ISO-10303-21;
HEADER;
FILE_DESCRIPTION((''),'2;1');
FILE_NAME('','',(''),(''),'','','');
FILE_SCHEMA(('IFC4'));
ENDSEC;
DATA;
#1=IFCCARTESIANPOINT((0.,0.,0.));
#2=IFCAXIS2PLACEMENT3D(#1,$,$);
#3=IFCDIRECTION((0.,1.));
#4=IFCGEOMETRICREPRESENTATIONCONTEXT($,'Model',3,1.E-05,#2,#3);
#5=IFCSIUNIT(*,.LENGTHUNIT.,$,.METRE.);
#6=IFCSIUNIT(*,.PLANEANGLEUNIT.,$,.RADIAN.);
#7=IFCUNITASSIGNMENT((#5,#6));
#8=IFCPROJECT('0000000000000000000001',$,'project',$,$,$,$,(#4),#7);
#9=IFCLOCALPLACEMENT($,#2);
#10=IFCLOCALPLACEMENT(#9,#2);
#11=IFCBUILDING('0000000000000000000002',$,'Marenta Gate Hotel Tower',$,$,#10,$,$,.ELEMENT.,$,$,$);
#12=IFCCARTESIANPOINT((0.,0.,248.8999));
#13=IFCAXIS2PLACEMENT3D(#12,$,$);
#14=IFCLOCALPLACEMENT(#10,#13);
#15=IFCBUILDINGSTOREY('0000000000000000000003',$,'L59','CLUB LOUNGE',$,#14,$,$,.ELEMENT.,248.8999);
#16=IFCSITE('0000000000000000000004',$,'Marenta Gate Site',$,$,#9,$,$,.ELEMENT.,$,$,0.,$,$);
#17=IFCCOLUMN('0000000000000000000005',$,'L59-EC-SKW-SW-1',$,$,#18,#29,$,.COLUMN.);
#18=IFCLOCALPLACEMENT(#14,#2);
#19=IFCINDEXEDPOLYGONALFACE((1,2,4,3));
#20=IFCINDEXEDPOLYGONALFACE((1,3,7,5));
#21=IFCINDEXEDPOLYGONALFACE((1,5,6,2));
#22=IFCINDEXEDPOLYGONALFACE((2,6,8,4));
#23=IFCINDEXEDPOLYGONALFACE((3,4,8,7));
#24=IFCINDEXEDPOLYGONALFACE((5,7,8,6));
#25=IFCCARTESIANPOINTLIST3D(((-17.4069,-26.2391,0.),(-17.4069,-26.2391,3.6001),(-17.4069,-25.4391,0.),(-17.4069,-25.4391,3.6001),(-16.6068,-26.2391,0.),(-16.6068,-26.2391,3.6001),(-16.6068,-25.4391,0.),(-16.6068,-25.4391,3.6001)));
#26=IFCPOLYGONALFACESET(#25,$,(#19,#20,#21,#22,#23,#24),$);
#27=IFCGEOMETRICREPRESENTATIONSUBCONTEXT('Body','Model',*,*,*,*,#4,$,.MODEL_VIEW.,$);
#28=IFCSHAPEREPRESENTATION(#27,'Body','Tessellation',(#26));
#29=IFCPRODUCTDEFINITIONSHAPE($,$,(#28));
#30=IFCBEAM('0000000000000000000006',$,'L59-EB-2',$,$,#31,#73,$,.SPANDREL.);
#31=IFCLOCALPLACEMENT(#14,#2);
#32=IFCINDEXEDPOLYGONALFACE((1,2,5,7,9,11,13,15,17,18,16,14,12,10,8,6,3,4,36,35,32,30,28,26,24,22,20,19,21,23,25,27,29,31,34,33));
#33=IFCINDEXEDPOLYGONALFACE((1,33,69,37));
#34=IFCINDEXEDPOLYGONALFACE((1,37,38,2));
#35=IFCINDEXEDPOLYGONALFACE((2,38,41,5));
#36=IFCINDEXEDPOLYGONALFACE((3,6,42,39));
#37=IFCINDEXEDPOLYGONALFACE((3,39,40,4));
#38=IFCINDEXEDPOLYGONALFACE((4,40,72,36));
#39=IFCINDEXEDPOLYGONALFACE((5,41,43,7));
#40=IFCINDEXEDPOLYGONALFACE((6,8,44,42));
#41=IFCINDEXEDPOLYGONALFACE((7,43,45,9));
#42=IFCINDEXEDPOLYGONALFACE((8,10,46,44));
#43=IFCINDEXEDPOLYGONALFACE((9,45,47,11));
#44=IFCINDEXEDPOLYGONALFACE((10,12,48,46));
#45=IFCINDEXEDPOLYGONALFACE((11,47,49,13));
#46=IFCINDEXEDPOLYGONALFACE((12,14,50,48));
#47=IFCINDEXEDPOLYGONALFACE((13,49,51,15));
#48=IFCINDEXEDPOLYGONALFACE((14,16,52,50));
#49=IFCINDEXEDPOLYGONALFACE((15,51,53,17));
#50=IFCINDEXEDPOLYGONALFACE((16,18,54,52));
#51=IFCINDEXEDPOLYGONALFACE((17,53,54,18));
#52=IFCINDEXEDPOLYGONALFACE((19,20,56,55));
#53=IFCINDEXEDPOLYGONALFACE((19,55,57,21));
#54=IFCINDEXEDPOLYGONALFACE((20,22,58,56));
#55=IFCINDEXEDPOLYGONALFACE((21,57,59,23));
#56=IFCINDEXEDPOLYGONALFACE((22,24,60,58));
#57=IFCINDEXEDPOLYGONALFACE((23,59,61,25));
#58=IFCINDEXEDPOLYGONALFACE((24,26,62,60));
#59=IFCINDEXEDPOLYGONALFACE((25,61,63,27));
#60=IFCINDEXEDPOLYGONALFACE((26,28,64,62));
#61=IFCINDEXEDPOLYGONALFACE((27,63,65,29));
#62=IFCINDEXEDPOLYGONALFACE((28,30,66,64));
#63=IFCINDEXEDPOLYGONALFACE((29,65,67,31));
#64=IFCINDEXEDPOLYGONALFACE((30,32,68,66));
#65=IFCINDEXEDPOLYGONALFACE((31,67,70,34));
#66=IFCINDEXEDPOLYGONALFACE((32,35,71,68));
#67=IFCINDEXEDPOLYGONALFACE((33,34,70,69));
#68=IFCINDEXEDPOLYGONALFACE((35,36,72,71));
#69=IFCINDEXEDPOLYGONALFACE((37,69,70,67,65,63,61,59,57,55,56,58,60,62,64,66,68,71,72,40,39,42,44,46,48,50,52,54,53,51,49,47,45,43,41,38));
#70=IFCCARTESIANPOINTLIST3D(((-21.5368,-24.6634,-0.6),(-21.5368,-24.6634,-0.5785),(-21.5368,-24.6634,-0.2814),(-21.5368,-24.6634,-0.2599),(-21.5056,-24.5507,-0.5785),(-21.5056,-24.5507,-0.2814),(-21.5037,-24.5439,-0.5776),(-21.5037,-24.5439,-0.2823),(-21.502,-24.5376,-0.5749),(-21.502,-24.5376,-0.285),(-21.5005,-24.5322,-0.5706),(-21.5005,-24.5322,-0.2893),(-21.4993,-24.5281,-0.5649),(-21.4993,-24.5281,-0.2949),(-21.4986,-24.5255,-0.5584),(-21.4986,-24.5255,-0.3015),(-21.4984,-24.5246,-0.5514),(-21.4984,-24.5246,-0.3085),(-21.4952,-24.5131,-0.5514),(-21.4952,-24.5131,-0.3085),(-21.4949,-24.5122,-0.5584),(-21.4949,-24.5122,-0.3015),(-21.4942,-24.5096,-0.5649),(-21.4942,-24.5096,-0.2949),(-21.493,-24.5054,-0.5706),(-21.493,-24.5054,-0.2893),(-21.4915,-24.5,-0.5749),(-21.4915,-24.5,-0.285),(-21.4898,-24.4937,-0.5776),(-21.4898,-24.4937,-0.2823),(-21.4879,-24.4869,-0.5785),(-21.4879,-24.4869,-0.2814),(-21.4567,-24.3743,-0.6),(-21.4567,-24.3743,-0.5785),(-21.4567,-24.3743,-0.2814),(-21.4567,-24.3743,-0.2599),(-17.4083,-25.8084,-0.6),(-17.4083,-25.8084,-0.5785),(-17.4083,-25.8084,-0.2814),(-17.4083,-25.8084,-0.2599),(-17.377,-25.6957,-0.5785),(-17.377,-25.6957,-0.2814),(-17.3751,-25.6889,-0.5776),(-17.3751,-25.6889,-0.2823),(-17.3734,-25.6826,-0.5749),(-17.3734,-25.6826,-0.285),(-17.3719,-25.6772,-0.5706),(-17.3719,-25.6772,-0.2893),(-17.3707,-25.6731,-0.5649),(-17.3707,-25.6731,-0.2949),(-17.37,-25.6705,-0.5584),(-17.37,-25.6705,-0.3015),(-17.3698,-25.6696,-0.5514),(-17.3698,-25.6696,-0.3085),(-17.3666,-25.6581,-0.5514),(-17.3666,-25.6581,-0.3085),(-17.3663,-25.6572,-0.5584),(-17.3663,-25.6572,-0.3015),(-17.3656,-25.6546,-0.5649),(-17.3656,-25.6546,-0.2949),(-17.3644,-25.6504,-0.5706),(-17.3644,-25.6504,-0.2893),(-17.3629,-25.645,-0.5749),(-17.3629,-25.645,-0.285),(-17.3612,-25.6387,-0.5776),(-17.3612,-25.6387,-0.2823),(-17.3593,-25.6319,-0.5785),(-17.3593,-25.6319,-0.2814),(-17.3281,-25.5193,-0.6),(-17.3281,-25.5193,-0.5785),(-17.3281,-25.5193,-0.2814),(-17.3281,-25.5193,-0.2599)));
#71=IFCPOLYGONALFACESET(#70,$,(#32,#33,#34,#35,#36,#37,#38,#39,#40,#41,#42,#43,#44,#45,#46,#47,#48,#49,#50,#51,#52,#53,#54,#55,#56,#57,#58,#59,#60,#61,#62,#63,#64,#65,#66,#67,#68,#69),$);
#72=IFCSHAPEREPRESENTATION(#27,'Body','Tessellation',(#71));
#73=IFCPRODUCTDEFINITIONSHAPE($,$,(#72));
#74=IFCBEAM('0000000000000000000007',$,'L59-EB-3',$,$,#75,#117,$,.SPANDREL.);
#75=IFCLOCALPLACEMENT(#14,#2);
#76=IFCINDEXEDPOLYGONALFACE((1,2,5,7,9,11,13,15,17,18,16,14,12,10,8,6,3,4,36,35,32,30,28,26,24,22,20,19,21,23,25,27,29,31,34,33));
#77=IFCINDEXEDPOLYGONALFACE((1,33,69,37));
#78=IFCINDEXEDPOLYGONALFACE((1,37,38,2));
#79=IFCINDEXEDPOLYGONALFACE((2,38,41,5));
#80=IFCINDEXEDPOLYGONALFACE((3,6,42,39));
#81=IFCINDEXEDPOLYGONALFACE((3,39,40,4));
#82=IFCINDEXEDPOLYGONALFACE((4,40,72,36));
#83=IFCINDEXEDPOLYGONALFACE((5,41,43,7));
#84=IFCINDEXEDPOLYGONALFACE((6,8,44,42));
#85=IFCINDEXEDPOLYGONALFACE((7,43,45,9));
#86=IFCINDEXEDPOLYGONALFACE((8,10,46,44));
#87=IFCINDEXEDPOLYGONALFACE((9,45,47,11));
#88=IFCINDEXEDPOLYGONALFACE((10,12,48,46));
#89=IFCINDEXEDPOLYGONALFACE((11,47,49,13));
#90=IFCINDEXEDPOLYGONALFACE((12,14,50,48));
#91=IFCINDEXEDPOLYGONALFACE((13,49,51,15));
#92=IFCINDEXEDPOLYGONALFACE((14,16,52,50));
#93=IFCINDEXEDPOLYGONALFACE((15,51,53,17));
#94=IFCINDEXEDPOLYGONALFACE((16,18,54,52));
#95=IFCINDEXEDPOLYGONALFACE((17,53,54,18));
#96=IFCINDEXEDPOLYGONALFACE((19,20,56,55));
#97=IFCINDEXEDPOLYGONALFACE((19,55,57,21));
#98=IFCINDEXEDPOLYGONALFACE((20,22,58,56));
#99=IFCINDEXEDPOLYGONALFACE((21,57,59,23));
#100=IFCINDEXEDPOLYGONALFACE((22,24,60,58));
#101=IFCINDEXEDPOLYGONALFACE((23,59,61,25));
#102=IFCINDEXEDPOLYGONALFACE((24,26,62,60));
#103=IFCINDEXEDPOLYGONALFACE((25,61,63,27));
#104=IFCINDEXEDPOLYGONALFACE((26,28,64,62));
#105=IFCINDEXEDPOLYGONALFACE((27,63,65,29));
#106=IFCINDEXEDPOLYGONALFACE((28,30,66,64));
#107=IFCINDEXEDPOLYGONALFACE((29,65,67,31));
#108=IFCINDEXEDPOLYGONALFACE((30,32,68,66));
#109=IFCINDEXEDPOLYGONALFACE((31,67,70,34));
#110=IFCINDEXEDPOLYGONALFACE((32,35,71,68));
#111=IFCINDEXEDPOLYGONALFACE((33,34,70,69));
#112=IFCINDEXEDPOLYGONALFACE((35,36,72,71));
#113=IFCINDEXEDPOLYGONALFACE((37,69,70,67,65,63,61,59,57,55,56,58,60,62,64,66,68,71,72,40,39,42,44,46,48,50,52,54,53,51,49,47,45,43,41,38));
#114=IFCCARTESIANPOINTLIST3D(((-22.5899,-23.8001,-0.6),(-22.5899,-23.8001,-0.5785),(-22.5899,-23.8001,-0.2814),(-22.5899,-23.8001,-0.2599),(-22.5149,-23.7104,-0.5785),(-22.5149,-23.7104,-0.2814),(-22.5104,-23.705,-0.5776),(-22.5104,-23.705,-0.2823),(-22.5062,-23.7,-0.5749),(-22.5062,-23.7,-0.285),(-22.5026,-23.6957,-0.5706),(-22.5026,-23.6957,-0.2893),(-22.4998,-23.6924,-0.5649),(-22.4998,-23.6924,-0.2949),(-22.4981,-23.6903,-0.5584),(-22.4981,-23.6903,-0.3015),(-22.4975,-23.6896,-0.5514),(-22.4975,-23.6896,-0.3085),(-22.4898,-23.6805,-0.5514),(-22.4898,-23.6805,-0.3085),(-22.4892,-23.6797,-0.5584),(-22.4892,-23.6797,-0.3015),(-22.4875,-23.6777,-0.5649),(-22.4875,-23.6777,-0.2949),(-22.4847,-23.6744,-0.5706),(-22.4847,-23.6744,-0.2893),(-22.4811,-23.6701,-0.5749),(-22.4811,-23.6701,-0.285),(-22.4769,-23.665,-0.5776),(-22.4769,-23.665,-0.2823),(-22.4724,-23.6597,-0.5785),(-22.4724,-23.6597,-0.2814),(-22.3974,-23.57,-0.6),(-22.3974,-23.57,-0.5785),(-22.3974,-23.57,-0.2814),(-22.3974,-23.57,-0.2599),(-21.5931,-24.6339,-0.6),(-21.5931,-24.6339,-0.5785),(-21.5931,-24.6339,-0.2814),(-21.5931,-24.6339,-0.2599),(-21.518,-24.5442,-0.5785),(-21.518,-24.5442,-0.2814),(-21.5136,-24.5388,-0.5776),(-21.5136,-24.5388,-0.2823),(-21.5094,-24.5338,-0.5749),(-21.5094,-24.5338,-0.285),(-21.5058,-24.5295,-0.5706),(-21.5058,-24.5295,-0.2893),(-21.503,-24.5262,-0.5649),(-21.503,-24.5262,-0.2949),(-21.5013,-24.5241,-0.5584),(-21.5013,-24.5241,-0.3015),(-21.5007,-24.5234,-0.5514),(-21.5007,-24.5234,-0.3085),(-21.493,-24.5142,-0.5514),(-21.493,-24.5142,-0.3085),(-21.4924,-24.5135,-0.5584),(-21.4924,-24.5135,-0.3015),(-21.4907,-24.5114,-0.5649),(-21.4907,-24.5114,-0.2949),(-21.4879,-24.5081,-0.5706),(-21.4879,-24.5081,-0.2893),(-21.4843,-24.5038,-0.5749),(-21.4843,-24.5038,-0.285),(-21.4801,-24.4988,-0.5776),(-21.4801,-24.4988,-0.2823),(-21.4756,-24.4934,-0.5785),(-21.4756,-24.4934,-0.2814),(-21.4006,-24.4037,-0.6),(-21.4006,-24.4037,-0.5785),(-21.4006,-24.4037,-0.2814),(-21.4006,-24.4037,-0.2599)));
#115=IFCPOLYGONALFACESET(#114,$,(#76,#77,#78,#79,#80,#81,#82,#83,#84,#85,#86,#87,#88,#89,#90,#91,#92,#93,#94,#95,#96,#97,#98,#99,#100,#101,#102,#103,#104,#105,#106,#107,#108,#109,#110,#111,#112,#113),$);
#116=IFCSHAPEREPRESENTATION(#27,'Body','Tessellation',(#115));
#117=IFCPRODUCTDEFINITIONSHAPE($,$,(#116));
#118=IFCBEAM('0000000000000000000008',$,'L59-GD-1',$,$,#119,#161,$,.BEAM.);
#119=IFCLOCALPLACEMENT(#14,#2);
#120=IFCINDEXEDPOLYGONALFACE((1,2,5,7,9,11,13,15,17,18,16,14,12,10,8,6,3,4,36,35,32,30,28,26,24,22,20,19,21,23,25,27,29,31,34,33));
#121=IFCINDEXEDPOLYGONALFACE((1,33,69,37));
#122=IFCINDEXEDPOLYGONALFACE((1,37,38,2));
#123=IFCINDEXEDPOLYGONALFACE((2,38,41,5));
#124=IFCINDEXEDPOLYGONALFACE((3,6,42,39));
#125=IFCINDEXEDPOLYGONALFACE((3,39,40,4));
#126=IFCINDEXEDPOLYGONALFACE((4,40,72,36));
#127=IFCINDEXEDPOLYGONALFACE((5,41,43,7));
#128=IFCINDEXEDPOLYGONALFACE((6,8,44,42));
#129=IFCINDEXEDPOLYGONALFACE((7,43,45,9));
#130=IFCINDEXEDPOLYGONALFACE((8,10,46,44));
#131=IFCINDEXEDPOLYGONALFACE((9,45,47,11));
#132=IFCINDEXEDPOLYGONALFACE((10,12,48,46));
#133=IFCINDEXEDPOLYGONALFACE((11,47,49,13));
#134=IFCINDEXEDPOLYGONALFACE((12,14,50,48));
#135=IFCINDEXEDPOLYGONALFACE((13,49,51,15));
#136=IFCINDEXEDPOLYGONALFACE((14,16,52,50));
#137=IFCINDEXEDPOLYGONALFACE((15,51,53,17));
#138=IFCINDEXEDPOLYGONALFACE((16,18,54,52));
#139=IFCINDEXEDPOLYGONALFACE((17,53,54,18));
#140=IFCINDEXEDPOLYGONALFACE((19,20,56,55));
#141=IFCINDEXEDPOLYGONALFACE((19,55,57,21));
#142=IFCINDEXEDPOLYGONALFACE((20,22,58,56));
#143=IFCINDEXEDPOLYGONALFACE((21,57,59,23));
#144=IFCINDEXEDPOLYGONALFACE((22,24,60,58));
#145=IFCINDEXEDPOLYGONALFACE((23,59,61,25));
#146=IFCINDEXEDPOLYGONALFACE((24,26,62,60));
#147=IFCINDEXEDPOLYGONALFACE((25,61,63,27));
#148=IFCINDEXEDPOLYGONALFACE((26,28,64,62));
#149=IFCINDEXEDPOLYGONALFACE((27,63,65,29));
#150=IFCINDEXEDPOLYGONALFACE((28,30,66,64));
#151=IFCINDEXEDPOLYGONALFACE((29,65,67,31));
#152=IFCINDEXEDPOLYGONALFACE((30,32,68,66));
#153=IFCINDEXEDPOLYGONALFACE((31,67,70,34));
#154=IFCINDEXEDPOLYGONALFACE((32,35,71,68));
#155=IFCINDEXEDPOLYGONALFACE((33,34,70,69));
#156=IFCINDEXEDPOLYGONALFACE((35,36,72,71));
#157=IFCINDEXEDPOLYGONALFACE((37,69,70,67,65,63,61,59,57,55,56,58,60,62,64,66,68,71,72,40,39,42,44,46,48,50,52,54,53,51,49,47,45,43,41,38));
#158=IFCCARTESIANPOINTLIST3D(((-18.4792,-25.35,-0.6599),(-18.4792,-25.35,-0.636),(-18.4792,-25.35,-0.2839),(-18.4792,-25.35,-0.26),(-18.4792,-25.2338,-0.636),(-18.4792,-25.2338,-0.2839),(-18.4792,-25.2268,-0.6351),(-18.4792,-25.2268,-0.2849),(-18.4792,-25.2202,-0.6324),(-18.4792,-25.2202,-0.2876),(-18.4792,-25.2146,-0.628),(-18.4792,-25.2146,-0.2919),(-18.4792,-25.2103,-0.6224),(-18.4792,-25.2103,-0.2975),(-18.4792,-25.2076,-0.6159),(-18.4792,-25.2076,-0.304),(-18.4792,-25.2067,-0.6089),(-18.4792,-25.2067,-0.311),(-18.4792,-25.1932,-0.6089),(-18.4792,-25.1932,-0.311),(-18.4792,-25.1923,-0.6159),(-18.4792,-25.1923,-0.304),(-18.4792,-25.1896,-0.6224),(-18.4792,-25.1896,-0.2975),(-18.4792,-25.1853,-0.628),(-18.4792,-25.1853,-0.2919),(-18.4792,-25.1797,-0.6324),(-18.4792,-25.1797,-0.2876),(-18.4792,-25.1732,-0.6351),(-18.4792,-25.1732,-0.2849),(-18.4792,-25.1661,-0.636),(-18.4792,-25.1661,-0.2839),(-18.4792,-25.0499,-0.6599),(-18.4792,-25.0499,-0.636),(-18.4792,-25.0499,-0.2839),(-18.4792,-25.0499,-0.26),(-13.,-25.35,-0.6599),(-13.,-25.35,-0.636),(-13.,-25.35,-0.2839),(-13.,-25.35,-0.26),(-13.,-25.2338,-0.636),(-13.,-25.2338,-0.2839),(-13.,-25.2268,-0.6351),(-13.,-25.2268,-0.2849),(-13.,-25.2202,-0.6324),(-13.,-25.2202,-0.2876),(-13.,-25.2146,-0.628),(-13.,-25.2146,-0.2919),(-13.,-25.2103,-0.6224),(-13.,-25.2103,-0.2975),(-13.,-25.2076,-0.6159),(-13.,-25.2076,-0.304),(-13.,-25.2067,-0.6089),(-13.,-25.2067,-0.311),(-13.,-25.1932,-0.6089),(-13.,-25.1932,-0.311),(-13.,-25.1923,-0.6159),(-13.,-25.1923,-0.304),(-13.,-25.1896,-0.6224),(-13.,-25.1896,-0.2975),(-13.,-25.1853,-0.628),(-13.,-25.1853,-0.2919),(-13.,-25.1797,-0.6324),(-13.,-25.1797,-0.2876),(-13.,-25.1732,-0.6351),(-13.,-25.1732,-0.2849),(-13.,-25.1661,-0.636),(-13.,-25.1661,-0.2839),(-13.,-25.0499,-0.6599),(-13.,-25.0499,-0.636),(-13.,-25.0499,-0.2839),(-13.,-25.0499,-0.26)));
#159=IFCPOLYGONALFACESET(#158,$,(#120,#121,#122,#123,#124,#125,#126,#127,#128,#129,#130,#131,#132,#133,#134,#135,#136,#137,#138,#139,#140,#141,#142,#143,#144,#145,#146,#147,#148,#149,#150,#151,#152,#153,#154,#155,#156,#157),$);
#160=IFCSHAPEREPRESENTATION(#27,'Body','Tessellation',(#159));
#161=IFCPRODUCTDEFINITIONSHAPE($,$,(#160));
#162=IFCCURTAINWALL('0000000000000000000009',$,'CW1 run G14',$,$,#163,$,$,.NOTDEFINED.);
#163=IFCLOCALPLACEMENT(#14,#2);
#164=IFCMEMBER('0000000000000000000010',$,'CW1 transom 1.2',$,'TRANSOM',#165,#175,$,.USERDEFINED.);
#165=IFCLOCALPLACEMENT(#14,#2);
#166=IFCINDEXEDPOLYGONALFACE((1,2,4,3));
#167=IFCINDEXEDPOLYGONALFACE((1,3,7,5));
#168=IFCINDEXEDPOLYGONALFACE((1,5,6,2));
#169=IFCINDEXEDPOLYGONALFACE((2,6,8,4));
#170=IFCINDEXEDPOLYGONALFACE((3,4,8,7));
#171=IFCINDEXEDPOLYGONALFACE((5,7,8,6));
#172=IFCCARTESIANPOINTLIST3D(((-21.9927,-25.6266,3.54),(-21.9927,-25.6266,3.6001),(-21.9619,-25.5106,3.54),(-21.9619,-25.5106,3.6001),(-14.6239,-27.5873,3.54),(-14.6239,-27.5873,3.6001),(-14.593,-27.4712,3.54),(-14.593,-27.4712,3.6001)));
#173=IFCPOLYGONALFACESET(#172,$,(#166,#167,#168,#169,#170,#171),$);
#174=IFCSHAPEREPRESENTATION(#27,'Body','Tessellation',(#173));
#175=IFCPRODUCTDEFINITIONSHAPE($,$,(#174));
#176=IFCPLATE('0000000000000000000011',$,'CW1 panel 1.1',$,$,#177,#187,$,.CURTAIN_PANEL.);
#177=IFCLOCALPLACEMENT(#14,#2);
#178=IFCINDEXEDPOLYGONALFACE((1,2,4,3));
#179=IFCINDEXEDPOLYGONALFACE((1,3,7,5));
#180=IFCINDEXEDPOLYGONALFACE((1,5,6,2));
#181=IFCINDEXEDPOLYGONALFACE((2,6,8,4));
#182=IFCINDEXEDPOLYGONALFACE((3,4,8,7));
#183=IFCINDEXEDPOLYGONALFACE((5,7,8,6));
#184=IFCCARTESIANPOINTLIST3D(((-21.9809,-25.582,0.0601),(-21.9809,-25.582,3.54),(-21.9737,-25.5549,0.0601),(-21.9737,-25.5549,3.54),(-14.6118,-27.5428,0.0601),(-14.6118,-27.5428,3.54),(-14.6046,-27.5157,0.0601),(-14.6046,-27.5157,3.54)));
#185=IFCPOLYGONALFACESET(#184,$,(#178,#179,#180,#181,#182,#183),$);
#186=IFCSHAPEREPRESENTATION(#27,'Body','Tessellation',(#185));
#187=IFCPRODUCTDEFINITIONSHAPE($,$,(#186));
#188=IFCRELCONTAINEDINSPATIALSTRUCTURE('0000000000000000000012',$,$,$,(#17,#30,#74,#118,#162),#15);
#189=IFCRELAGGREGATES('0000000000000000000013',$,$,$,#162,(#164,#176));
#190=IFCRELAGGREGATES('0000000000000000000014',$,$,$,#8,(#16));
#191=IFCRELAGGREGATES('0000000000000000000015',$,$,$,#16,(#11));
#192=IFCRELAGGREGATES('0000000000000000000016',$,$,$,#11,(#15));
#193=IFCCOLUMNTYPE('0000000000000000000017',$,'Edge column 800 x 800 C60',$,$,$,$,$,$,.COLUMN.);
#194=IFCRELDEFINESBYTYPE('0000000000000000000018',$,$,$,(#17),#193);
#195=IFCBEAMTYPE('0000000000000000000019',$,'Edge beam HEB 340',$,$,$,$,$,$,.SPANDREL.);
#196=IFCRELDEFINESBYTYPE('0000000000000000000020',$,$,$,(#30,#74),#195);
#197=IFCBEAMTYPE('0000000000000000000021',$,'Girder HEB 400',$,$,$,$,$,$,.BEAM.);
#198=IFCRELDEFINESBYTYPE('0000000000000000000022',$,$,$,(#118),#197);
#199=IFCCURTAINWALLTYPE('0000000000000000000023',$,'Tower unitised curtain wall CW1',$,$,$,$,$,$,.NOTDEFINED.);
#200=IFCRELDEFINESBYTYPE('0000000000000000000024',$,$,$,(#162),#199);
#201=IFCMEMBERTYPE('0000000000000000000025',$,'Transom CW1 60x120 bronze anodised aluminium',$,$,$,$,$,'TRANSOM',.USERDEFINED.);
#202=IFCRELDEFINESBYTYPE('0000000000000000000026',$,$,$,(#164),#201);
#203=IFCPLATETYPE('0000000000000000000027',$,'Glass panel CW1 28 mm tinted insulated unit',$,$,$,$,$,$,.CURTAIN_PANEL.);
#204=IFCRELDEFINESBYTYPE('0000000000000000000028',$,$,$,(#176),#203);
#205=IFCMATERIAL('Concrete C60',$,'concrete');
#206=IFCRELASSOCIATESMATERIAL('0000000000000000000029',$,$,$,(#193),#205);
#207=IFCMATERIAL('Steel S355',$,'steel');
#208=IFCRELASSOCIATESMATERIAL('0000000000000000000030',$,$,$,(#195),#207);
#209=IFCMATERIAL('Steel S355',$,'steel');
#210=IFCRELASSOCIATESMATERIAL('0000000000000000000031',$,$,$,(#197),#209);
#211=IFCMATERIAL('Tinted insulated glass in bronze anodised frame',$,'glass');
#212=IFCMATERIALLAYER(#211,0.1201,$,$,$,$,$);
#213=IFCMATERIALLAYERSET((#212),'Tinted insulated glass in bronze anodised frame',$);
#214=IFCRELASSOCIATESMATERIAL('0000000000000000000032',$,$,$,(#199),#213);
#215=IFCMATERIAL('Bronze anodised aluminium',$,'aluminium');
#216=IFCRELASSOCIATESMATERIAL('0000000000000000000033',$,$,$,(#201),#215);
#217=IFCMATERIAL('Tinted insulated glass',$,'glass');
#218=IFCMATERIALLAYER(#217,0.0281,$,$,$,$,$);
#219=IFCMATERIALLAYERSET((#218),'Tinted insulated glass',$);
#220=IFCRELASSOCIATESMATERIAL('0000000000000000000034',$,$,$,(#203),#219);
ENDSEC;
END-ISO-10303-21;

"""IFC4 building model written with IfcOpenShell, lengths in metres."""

from ifc_helpers import new_model, si_unit, direction, frame, origin, origin_2d, place, context, subcontext, project, spatial, rectangle, i_section, extrude, material, layer, layer_set, material_profile, profile_set, type_object, element, aggregate, save


model = new_model("IFC4")

# Units and contexts
model_context = context("Model", 3, precision=1e-05, world=origin(), true_north=direction((0.0, 1.0)))
body_context = subcontext(model_context, "Body", "Model", "MODEL_VIEW")
ifc_project = project(units=[si_unit("LENGTHUNIT", "METRE"), si_unit("PLANEANGLEUNIT", "RADIAN")], contexts=[model_context])

# Site, building, storey
site_placement = place(None, origin())
site = spatial("IfcSite", under=ifc_project, at=site_placement, Name="Marenta Gate Site", CompositionType="ELEMENT", RefElevation=0.0)
building_placement = place(site_placement, origin())
building = spatial("IfcBuilding", under=site, at=building_placement, Name="Marenta Gate Hotel Tower", CompositionType="ELEMENT")
storey_placement = place(building_placement, frame((0.0, 0.0, 248.8999)))
storey = spatial("IfcBuildingStorey", under=building, at=storey_placement, Name="L59", Description="CLUB LOUNGE", CompositionType="ELEMENT", Elevation=248.8999)

# Column
ifc_material_1 = material(Name="Concrete C60", Category="concrete")
ifc_material_profile_1 = material_profile(ifc_material_1, rectangle(XDim=0.8, YDim=0.8, at=origin_2d()), Name="800 x 800")
ifc_profile_set_1 = profile_set([ifc_material_profile_1], Name="Concrete C60")
column_type = type_object("IfcColumnType", Name="Edge column 800 x 800 C60", PredefinedType="COLUMN", material=ifc_profile_set_1)
column_placement = place(storey_placement, frame((-17.0068, -25.8391, 0.0), z_axis=(0.0, 0.0, 1.0), x_axis=(1.0, 0.0, 0.0)))
element("IfcColumn", 1, at=column_placement, inside=storey, type_object=column_type, Name="L59-EC-SKW-SW-1", PredefinedType="COLUMN", context=body_context, shape_type="SweptSolid", body=[
    extrude(rectangle(XDim=0.8, YDim=0.8, at=origin_2d()), origin(), (0.0, 0.0, 1.0), 3.6001),
])

# Beams
ifc_material_2 = material(Name="Steel S355", Category="steel")
ifc_material_profile_2 = material_profile(ifc_material_2, i_section(OverallWidth=0.3, OverallDepth=0.3401, WebThickness=0.012, FlangeThickness=0.0215, FilletRadius=0.0271, at=origin_2d()), Name="HEB 340")
ifc_profile_set_2 = profile_set([ifc_material_profile_2], Name="Steel S355")
beam_type_1 = type_object("IfcBeamType", Name="Edge beam HEB 340", PredefinedType="SPANDREL", material=ifc_profile_set_2)
beam_1_placement = place(storey_placement, frame((-17.3682, -25.6638, -0.4299), z_axis=(-0.963628, 0.267247, 0.0), x_axis=(-0.267247, -0.963628, 0.0)))
element("IfcBeam", 2, at=beam_1_placement, inside=storey, type_object=beam_type_1, Name="L59-EB-2", PredefinedType="SPANDREL", context=body_context, shape_type="SweptSolid", body=[
    extrude(i_section(OverallWidth=0.3, OverallDepth=0.3401, WebThickness=0.012, FlangeThickness=0.0215, FilletRadius=0.0271, at=origin_2d()), origin(), (0.0, 0.0, 1.0), 4.2844),
])
beam_2_placement = place(storey_placement, frame((-21.4968, -24.5188, -0.4299), z_axis=(-0.767065, 0.641569, 0.0), x_axis=(-0.641569, -0.767065, 0.0)))
element("IfcBeam", 3, at=beam_2_placement, inside=storey, type_object=beam_type_1, Name="L59-EB-3", PredefinedType="SPANDREL", context=body_context, shape_type="SweptSolid", body=[
    extrude(i_section(OverallWidth=0.3, OverallDepth=0.3401, WebThickness=0.012, FlangeThickness=0.0215, FilletRadius=0.0271, at=origin_2d()), origin(), (0.0, 0.0, 1.0), 1.2996),
])
ifc_material_3 = material(Name="Steel S355", Category="steel")
ifc_material_profile_3 = material_profile(ifc_material_3, i_section(OverallWidth=0.3, OverallDepth=0.3999, WebThickness=0.0134, FlangeThickness=0.0239, FilletRadius=0.0271, at=origin_2d()), Name="HEB 400")
ifc_profile_set_3 = profile_set([ifc_material_profile_3], Name="Steel S355")
beam_type_2 = type_object("IfcBeamType", Name="Girder HEB 400", PredefinedType="BEAM", material=ifc_profile_set_3)
beam_3_placement = place(storey_placement, frame((-18.4792, -25.2, -0.46), z_axis=(1.0, 0.0, 0.0), x_axis=(0.0, 1.0, 0.0)))
element("IfcBeam", 4, at=beam_3_placement, inside=storey, type_object=beam_type_2, Name="L59-GD-1", PredefinedType="BEAM", context=body_context, shape_type="SweptSolid", body=[
    extrude(i_section(OverallWidth=0.3, OverallDepth=0.3999, WebThickness=0.0134, FlangeThickness=0.0239, FilletRadius=0.0271, at=origin_2d()), origin(), (0.0, 0.0, 1.0), 5.4792),
])

# Curtain wall, member, plate
ifc_material_4 = material(Name="Tinted insulated glass in bronze anodised frame", Category="glass")
ifc_layer_1 = layer(ifc_material_4, 0.1201)
ifc_layer_set_1 = layer_set([ifc_layer_1], Name="Tinted insulated glass in bronze anodised frame")
curtain_wall_type = type_object("IfcCurtainWallType", Name="Tower unitised curtain wall CW1", PredefinedType="NOTDEFINED", material=ifc_layer_set_1)
curtain_wall_placement = place(storey_placement, origin())
curtain_wall = element("IfcCurtainWall", 5, at=curtain_wall_placement, inside=storey, type_object=curtain_wall_type, Name="CW1 run G14", PredefinedType="NOTDEFINED")
ifc_material_5 = material(Name="Bronze anodised aluminium", Category="aluminium")
ifc_material_profile_4 = material_profile(ifc_material_5, rectangle(XDim=0.1201, YDim=0.0601, at=origin_2d()), Name="Transom CW1 60x120 bronze anodised aluminium")
ifc_profile_set_4 = profile_set([ifc_material_profile_4], Name="Bronze anodised aluminium")
member_type = type_object("IfcMemberType", Name="Transom CW1 60x120 bronze anodised aluminium", ElementType="TRANSOM", PredefinedType="USERDEFINED", material=ifc_profile_set_4)
member_placement = place(storey_placement, frame((-21.9773, -25.5686, 3.5701), z_axis=(0.966377, -0.257131, 0.0), x_axis=(0.257131, 0.966377, 0.0)))
member = element("IfcMember", 6, at=member_placement, type_object=member_type, Name="CW1 transom 1.2", ObjectType="TRANSOM", PredefinedType="USERDEFINED", context=body_context, shape_type="SweptSolid", body=[
    extrude(rectangle(XDim=0.1201, YDim=0.0601, at=origin_2d()), origin(), (0.0, 0.0, 1.0), 7.6252),
])
ifc_material_6 = material(Name="Tinted insulated glass", Category="glass")
ifc_layer_2 = layer(ifc_material_6, 0.0281)
ifc_layer_set_2 = layer_set([ifc_layer_2], Name="Tinted insulated glass")
plate_type = type_object("IfcPlateType", Name="Glass panel CW1 28 mm tinted insulated unit", PredefinedType="CURTAIN_PANEL", material=ifc_layer_set_2)
plate_placement = place(storey_placement, frame((-18.2927, -26.5488, 0.0601), z_axis=(0.0, 0.0, 1.0), x_axis=(0.966375, -0.257136, 0.0)))
plate = element("IfcPlate", 7, at=plate_placement, type_object=plate_type, Name="CW1 panel 1.1", PredefinedType="CURTAIN_PANEL", context=body_context, shape_type="SweptSolid", body=[
    extrude(rectangle(XDim=7.6255, YDim=0.0281, at=origin_2d()), origin(), (0.0, 0.0, 1.0), 3.48),
])
aggregate(curtain_wall, [member, plate])

save(model, "model.ifc")
